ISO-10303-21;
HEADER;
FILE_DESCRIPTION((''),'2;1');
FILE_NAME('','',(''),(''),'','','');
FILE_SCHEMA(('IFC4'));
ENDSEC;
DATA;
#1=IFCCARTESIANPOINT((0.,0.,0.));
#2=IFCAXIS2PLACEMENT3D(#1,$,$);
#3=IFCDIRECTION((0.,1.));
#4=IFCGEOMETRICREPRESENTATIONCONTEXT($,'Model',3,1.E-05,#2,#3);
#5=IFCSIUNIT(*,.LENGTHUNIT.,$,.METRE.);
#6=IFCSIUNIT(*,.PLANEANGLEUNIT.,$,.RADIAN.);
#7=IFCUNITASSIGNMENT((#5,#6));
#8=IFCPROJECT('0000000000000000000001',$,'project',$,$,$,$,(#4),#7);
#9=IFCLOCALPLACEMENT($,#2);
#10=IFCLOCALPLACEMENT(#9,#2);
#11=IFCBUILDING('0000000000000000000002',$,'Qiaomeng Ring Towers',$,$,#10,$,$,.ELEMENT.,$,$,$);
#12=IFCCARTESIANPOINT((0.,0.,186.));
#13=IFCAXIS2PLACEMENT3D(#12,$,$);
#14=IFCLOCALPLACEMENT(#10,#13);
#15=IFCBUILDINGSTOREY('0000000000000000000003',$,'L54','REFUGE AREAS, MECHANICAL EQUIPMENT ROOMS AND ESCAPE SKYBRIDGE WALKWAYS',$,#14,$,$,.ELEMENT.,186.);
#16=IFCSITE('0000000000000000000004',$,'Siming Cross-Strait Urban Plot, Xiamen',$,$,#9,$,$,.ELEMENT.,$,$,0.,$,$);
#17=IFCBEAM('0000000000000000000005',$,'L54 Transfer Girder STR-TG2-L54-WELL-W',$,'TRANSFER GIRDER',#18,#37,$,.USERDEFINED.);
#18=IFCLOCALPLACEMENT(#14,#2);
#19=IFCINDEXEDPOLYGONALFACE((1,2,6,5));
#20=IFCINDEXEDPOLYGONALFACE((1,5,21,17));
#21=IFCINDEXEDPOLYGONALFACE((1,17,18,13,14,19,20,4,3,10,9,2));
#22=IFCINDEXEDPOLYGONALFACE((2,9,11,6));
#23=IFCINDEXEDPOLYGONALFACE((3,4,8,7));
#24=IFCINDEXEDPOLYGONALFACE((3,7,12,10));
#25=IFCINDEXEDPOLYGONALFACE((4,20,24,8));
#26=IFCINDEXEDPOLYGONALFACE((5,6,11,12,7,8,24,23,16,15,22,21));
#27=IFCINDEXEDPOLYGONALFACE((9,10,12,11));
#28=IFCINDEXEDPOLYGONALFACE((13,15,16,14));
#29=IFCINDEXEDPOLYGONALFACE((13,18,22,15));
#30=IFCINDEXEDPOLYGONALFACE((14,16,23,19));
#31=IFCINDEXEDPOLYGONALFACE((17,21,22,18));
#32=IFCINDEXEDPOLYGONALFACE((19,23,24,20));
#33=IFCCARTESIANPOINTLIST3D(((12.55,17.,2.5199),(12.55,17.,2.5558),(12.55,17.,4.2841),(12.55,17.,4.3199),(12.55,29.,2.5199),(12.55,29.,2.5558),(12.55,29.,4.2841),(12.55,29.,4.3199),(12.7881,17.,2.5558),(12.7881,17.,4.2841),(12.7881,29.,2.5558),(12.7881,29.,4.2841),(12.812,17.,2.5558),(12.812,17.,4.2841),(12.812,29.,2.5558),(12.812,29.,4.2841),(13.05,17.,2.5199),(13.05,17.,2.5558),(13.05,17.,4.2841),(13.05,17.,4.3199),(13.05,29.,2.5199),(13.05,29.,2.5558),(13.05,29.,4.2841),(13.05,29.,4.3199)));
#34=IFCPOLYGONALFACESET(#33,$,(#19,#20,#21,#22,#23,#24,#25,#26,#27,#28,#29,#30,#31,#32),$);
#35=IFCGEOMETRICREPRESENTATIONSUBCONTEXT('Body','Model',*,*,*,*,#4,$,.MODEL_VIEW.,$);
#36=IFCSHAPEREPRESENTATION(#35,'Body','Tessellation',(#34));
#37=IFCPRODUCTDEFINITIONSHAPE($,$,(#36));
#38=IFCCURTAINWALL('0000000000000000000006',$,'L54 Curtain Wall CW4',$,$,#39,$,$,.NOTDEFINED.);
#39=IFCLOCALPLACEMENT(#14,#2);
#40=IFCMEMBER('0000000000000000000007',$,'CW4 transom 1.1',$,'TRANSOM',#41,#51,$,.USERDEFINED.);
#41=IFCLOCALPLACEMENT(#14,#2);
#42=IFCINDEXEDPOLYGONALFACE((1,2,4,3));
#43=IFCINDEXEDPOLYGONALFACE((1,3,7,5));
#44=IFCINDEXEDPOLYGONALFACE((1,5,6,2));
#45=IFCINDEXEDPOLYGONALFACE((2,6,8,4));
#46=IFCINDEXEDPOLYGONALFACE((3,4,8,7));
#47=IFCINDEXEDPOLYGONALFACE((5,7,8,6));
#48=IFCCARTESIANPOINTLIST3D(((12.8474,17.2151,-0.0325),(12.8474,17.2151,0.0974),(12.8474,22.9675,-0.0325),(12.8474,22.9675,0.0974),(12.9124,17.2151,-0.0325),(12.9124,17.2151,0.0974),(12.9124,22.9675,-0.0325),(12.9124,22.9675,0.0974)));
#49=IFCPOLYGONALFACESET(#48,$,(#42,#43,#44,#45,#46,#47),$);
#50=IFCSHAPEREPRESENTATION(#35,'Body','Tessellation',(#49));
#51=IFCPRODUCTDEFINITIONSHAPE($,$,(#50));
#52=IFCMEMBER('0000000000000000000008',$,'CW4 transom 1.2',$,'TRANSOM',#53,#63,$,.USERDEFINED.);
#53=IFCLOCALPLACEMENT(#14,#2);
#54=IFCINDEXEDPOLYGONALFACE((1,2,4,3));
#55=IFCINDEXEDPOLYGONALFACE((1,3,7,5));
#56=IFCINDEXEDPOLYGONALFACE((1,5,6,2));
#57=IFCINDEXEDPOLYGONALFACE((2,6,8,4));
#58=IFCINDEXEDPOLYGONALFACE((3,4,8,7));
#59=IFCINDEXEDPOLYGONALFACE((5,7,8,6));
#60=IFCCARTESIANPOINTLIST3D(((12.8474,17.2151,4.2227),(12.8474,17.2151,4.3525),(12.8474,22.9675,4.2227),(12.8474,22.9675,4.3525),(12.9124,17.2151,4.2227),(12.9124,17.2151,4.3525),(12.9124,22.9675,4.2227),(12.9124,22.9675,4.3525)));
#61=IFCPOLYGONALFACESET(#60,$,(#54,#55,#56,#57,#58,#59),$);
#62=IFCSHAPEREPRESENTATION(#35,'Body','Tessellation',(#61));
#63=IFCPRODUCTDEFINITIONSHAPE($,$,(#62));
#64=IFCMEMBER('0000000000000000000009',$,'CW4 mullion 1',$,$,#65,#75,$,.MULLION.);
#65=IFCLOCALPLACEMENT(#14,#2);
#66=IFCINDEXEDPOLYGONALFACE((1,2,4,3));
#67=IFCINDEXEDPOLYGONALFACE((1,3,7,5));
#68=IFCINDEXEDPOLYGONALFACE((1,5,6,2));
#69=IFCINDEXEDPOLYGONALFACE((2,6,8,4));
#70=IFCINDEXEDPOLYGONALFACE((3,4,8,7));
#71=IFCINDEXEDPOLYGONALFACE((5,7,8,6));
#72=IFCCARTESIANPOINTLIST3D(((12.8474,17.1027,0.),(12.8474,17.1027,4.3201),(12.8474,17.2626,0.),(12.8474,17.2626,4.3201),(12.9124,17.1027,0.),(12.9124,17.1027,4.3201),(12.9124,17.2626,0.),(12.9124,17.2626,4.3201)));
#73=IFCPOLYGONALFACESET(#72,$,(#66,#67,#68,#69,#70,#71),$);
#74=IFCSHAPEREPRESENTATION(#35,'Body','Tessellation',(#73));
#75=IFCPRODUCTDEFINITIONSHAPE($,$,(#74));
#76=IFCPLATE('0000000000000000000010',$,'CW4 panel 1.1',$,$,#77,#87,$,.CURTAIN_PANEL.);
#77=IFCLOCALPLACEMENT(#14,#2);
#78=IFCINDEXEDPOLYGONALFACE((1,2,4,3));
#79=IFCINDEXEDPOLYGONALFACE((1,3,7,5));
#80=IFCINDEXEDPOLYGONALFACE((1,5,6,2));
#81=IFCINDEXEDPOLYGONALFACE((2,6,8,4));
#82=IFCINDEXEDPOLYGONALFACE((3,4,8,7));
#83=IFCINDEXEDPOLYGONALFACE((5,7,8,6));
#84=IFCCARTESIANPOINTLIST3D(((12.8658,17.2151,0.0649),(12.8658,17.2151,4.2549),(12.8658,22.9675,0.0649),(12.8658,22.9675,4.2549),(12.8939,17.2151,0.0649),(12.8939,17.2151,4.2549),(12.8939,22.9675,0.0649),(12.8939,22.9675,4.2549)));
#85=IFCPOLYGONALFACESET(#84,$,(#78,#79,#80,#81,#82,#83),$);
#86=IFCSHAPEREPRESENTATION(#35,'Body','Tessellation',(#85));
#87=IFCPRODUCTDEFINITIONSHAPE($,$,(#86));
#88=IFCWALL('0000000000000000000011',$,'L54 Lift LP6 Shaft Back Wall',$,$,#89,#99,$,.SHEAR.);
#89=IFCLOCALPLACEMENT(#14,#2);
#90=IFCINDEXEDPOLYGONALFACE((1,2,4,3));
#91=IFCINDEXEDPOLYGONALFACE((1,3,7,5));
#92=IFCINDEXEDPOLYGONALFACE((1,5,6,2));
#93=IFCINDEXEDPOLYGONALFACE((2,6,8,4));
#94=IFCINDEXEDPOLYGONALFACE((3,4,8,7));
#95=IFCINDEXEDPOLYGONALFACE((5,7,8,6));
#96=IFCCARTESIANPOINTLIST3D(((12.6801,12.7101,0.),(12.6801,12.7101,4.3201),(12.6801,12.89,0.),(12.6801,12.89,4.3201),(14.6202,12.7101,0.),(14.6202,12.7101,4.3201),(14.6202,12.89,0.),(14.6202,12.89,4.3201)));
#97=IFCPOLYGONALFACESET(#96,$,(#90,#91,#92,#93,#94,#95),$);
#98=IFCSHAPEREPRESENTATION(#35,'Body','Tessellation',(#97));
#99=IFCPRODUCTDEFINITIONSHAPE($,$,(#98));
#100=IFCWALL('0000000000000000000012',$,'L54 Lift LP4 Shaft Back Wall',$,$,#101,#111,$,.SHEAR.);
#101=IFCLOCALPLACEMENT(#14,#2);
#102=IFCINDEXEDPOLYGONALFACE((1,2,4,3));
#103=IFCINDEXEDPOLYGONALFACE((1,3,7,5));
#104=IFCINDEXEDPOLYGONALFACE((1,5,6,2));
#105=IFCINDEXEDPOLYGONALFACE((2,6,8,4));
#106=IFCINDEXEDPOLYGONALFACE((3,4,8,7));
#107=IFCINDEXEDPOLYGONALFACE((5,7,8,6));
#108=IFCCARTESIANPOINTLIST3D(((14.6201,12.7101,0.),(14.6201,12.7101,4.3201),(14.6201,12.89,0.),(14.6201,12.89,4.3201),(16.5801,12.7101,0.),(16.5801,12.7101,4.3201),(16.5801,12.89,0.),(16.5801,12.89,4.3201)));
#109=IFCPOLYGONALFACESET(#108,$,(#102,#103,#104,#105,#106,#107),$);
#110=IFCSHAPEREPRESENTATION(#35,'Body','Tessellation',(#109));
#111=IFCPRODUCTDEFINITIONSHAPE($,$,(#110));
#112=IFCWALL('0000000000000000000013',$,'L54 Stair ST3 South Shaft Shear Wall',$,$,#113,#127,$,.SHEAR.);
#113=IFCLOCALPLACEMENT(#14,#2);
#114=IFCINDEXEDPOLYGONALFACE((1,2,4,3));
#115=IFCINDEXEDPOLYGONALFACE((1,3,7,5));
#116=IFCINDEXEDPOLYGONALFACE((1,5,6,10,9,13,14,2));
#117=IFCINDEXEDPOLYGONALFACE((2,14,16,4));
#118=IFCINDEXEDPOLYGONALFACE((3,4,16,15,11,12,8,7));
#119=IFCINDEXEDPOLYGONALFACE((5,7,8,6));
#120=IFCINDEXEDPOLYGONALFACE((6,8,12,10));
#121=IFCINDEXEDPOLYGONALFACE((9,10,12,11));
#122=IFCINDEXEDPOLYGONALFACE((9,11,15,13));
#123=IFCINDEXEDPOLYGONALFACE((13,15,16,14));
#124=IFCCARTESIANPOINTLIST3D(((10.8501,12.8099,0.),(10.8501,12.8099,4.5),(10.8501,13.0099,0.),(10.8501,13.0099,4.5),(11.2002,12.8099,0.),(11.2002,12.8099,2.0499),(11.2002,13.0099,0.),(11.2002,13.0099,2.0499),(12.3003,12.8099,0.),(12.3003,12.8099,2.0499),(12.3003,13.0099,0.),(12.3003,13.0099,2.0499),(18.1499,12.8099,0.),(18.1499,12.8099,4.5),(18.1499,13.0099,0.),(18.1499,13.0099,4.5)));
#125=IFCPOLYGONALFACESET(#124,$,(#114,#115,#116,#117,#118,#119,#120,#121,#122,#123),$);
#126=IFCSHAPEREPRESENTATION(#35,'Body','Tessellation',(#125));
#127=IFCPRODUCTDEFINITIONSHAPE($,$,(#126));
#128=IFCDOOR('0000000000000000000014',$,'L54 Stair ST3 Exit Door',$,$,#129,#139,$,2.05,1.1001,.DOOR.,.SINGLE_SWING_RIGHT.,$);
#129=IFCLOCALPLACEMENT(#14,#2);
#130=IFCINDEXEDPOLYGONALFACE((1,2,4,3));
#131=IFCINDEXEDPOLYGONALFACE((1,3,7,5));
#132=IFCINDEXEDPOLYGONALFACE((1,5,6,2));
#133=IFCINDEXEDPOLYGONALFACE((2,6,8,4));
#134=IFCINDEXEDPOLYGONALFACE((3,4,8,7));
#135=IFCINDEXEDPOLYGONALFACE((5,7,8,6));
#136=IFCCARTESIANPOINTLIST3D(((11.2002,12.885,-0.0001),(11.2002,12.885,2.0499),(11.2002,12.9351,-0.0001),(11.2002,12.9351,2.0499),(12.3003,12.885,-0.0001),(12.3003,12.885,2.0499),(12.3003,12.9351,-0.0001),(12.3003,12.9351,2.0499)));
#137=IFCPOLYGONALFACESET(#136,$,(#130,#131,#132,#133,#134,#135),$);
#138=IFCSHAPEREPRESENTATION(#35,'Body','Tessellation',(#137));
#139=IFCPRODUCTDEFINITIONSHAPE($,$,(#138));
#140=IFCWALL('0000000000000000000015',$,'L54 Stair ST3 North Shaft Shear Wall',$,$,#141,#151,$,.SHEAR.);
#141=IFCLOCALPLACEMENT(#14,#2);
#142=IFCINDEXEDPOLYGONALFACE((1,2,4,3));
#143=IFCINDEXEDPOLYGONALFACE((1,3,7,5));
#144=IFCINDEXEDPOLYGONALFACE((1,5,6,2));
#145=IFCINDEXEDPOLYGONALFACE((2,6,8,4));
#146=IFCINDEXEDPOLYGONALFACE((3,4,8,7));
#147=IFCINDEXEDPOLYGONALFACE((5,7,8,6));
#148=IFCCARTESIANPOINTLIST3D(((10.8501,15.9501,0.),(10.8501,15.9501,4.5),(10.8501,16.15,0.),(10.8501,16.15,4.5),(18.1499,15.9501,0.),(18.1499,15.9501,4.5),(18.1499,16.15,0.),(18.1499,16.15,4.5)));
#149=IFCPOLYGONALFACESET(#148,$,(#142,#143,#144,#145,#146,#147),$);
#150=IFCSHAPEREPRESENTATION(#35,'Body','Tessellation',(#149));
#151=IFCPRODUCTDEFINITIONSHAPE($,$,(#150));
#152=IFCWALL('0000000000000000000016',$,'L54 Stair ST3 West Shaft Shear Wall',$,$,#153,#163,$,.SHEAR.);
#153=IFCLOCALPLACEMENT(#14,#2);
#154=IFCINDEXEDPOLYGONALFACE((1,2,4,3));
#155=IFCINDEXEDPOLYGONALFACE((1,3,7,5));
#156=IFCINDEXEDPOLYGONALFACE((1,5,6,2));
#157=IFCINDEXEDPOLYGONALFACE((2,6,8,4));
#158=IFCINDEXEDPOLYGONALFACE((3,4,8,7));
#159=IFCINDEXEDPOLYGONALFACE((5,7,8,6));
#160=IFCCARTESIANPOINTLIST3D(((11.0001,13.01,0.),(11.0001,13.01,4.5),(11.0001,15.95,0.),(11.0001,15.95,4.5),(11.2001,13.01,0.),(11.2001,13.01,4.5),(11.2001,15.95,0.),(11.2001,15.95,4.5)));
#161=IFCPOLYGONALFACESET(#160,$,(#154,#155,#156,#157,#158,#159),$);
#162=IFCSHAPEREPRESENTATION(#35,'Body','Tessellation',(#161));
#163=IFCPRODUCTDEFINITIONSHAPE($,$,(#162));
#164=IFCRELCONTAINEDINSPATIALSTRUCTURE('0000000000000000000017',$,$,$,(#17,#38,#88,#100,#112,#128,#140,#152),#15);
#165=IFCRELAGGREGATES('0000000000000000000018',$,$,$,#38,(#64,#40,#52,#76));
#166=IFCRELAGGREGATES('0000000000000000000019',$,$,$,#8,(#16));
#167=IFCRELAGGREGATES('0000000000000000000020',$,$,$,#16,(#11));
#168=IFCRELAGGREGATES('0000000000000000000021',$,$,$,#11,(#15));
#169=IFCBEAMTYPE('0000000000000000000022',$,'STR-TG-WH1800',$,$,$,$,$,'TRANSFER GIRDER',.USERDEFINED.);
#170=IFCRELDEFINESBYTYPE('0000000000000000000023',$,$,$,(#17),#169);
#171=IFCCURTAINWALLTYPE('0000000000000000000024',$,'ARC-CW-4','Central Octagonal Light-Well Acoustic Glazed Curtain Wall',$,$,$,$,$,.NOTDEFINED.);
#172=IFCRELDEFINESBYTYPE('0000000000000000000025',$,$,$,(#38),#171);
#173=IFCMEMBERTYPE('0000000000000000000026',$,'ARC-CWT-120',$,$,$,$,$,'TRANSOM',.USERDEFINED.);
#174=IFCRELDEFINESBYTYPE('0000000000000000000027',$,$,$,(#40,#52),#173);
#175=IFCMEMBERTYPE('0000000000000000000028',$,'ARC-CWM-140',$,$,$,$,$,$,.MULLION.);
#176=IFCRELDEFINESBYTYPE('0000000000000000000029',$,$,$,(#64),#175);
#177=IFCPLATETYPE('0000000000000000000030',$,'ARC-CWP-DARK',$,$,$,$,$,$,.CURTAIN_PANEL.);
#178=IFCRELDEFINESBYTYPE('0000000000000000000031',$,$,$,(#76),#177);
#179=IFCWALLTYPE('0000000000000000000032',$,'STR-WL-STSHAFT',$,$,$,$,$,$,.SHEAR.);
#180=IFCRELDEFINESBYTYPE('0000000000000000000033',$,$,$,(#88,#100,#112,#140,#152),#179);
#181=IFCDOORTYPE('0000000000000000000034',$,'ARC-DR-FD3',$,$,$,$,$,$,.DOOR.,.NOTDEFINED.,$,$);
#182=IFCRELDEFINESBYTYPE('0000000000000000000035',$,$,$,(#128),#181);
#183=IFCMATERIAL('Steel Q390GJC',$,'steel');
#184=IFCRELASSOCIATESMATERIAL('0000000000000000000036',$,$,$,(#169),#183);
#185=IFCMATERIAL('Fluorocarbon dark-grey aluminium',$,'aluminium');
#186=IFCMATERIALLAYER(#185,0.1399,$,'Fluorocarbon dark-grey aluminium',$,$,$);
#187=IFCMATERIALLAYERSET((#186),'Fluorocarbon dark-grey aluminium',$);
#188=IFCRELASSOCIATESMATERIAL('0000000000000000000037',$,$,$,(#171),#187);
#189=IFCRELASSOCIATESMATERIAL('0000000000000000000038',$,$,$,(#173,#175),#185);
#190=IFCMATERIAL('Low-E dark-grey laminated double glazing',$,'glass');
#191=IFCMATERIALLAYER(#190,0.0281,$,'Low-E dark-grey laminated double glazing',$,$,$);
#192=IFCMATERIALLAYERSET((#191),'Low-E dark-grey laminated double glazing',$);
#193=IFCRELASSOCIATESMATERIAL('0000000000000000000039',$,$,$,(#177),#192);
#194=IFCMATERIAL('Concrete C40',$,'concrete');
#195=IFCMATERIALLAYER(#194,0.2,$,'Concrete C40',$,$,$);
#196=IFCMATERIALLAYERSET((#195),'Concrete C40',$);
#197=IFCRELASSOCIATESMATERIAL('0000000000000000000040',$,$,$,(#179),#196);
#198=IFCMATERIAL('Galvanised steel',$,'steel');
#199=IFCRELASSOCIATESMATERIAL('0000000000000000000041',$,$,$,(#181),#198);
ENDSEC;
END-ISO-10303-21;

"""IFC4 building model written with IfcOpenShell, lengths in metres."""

from ifc_helpers import new_model, si_unit, direction, frame, frame_2d, origin, origin_2d, place, context, subcontext, project, spatial, rectangle, i_section, extrude, source, transform, mapped, material, layer, layer_set, material_profile, profile_set, type_object, element, fill, aggregate, save


model = new_model("IFC4")

# Units and contexts
model_context = context("Model", 3, precision=1e-05, world=origin(), true_north=direction((0.0, 1.0)))
body_context = subcontext(model_context, "Body", "Model", "MODEL_VIEW")
ifc_project = project(units=[si_unit("LENGTHUNIT", "METRE"), si_unit("PLANEANGLEUNIT", "RADIAN")], contexts=[model_context])

# Site, building, storey
site_placement = place(None, origin())
site = spatial("IfcSite", under=ifc_project, at=site_placement, Name="Siming Cross-Strait Urban Plot, Xiamen", CompositionType="ELEMENT", RefElevation=0.0)
building_placement = place(site_placement, origin())
building = spatial("IfcBuilding", under=site, at=building_placement, Name="Qiaomeng Ring Towers", CompositionType="ELEMENT")
storey_placement = place(building_placement, frame((0.0, 0.0, 186.0)))
storey = spatial("IfcBuildingStorey", under=building, at=storey_placement, Name="L54", Description="REFUGE AREAS, MECHANICAL EQUIPMENT ROOMS AND ESCAPE SKYBRIDGE WALKWAYS", CompositionType="ELEMENT", Elevation=186.0)

# Beam
ifc_material_1 = material(Name="Steel Q390GJC", Category="steel")
ifc_material_profile_1 = material_profile(ifc_material_1, i_section(OverallWidth=0.5, OverallDepth=1.8, WebThickness=0.0239, FlangeThickness=0.0359, at=origin_2d()), Name="WH 1800x500x24x36")
ifc_profile_set_1 = profile_set([ifc_material_profile_1], Name="Steel Q390GJC")
beam_type = type_object("IfcBeamType", Name="STR-TG-WH1800", ElementType="TRANSFER GIRDER", PredefinedType="USERDEFINED", material=ifc_profile_set_1)
shared_shape_1 = source(origin(), body_context, "Body", "SweptSolid", [
    extrude(i_section(OverallWidth=0.5, OverallDepth=1.8, WebThickness=0.0239, FlangeThickness=0.0359, at=origin_2d()), origin(), (0.0, 0.0, 1.0), 12.0),
])
beam_placement = place(storey_placement, frame((12.8, 17.0, 3.4199), z_axis=(0.0, 1.0, 0.0), x_axis=(-1.0, 0.0, 0.0)))
element("IfcBeam", 1, at=beam_placement, inside=storey, type_object=beam_type, Name="L54 Transfer Girder STR-TG2-L54-WELL-W", ObjectType="TRANSFER GIRDER", PredefinedType="USERDEFINED", context=body_context, shape_type="MappedRepresentation", body=[
    mapped(shared_shape_1, transform((0.0, 0.0, 0.0), x_axis=(1.0, 0.0, 0.0), y_axis=(0.0, 1.0, 0.0), z_axis=(0.0, 0.0, 1.0), scale=1.0)),
])

# Curtain wall, members, plate
ifc_material_2 = material(Name="Fluorocarbon dark-grey aluminium", Category="aluminium")
ifc_layer_1 = layer(ifc_material_2, 0.1399, Name="Fluorocarbon dark-grey aluminium")
ifc_layer_set_1 = layer_set([ifc_layer_1], Name="Fluorocarbon dark-grey aluminium")
curtain_wall_type = type_object("IfcCurtainWallType", Name="ARC-CW-4", Description="Central Octagonal Light-Well Acoustic Glazed Curtain Wall", PredefinedType="NOTDEFINED", material=ifc_layer_set_1)
curtain_wall_placement = place(storey_placement, origin())
curtain_wall = element("IfcCurtainWall", 2, at=curtain_wall_placement, inside=storey, type_object=curtain_wall_type, Name="L54 Curtain Wall CW4", PredefinedType="NOTDEFINED")
ifc_material_profile_2 = material_profile(ifc_material_2, rectangle(XDim=0.0649, YDim=0.1299, at=origin_2d()), Name="ALU TRAN 65x130")
ifc_profile_set_2 = profile_set([ifc_material_profile_2], Name="Fluorocarbon dark-grey aluminium")
member_type_1 = type_object("IfcMemberType", Name="ARC-CWT-120", ElementType="TRANSOM", PredefinedType="USERDEFINED", material=ifc_profile_set_2)
shared_shape_2 = source(origin(), body_context, "Body", "SweptSolid", [
    extrude(rectangle(XDim=0.0649, YDim=0.1299, at=origin_2d()), origin(), (0.0, 0.0, 1.0), 5.7524),
])
member_1_placement = place(storey_placement, frame((12.8799, 17.2151, 0.0325), z_axis=(0.0, 1.0, 0.0), x_axis=(-1.0, 0.0, 0.0)))
member_1 = element("IfcMember", 3, at=member_1_placement, type_object=member_type_1, Name="CW4 transom 1.1", ObjectType="TRANSOM", PredefinedType="USERDEFINED", context=body_context, shape_type="MappedRepresentation", body=[
    mapped(shared_shape_2, transform((0.0, 0.0, 0.0), x_axis=(1.0, 0.0, 0.0), y_axis=(0.0, 1.0, 0.0), z_axis=(0.0, 0.0, 1.0), scale=1.0)),
])
member_2_placement = place(storey_placement, frame((12.8799, 17.2151, 4.2876), z_axis=(0.0, 1.0, 0.0), x_axis=(-1.0, 0.0, 0.0)))
member_2 = element("IfcMember", 4, at=member_2_placement, type_object=member_type_1, Name="CW4 transom 1.2", ObjectType="TRANSOM", PredefinedType="USERDEFINED", context=body_context, shape_type="MappedRepresentation", body=[
    mapped(shared_shape_2, transform((0.0, 0.0, 0.0), x_axis=(1.0, 0.0, 0.0), y_axis=(0.0, 1.0, 0.0), z_axis=(0.0, 0.0, 1.0), scale=1.0)),
])
ifc_material_profile_3 = material_profile(ifc_material_2, rectangle(XDim=0.0649, YDim=0.1599, at=origin_2d()), Name="ALU MULL 65x160")
ifc_profile_set_3 = profile_set([ifc_material_profile_3], Name="Fluorocarbon dark-grey aluminium")
member_type_2 = type_object("IfcMemberType", Name="ARC-CWM-140", PredefinedType="MULLION", material=ifc_profile_set_3)
shared_shape_3 = source(origin(), body_context, "Body", "SweptSolid", [
    extrude(rectangle(XDim=0.0649, YDim=0.1599, at=origin_2d()), origin(), (0.0, 0.0, 1.0), 4.3201),
])
member_3_placement = place(storey_placement, frame((12.8799, 17.1826, 0.0), z_axis=(0.0, 0.0, 1.0), x_axis=(-1.0, 0.0, 0.0)))
member_3 = element("IfcMember", 5, at=member_3_placement, type_object=member_type_2, Name="CW4 mullion 1", PredefinedType="MULLION", context=body_context, shape_type="MappedRepresentation", body=[
    mapped(shared_shape_3, transform((0.0, 0.0, 0.0), x_axis=(1.0, 0.0, 0.0), y_axis=(0.0, 1.0, 0.0), z_axis=(0.0, 0.0, 1.0), scale=1.0)),
])
ifc_material_3 = material(Name="Low-E dark-grey laminated double glazing", Category="glass")
ifc_layer_2 = layer(ifc_material_3, 0.0281, Name="Low-E dark-grey laminated double glazing")
ifc_layer_set_2 = layer_set([ifc_layer_2], Name="Low-E dark-grey laminated double glazing")
plate_type = type_object("IfcPlateType", Name="ARC-CWP-DARK", PredefinedType="CURTAIN_PANEL", material=ifc_layer_set_2)
shared_shape_4 = source(origin(), body_context, "Body", "SweptSolid", [
    extrude(rectangle(XDim=5.7524, YDim=0.0281, at=origin_2d()), origin(), (0.0, 0.0, 1.0), 4.1899),
])
plate_placement = place(storey_placement, frame((12.8799, 20.0913, 0.0649), z_axis=(0.0, 0.0, 1.0), x_axis=(0.0, 1.0, 0.0)))
plate = element("IfcPlate", 6, at=plate_placement, type_object=plate_type, Name="CW4 panel 1.1", PredefinedType="CURTAIN_PANEL", context=body_context, shape_type="MappedRepresentation", body=[
    mapped(shared_shape_4, transform((0.0, 0.0, 0.0), x_axis=(1.0, 0.0, 0.0), y_axis=(0.0, 1.0, 0.0), z_axis=(0.0, 0.0, 1.0), scale=1.0)),
])
aggregate(curtain_wall, [member_3, member_1, member_2, plate])

# Walls
ifc_material_4 = material(Name="Concrete C40", Category="concrete")
ifc_layer_3 = layer(ifc_material_4, 0.2, Name="Concrete C40")
ifc_layer_set_3 = layer_set([ifc_layer_3], Name="Concrete C40")
wall_type = type_object("IfcWallType", Name="STR-WL-STSHAFT", PredefinedType="SHEAR", material=ifc_layer_set_3)
wall_1_placement = place(storey_placement, frame((12.6799, 12.8, 0.0), z_axis=(0.0, 0.0, 1.0), x_axis=(1.0, 0.0, 0.0)))
element("IfcWall", 7, at=wall_1_placement, inside=storey, type_object=wall_type, Name="L54 Lift LP6 Shaft Back Wall", PredefinedType="SHEAR", context=body_context, shape_type="SweptSolid", body=[
    extrude(rectangle(XDim=1.9402, YDim=0.1799, at=frame_2d((0.9702, 0.0))), origin(), (0.0, 0.0, 1.0), 4.3201),
])
wall_2_placement = place(storey_placement, frame((14.6201, 12.8, 0.0), z_axis=(0.0, 0.0, 1.0), x_axis=(1.0, 0.0, 0.0)))
element("IfcWall", 8, at=wall_2_placement, inside=storey, type_object=wall_type, Name="L54 Lift LP4 Shaft Back Wall", PredefinedType="SHEAR", context=body_context, shape_type="SweptSolid", body=[
    extrude(rectangle(XDim=1.96, YDim=0.1799, at=frame_2d((0.98, 0.0))), origin(), (0.0, 0.0, 1.0), 4.3201),
])

# Wall, opening, door
wall_3_placement = place(storey_placement, frame((10.8501, 12.9099, 0.0), z_axis=(0.0, 0.0, 1.0), x_axis=(1.0, 0.0, 0.0)))
wall_3 = element("IfcWall", 9, at=wall_3_placement, inside=storey, type_object=wall_type, Name="L54 Stair ST3 South Shaft Shear Wall", PredefinedType="SHEAR", context=body_context, shape_type="SweptSolid", body=[
    extrude(rectangle(XDim=7.2998, YDim=0.2, at=frame_2d((3.6499, 0.0))), origin(), (0.0, 0.0, 1.0), 4.5),
])
opening_placement = place(wall_3_placement, frame((0.3501, 0.0, 0.0)))
opening = element("IfcOpeningElement", 10, at=opening_placement, cuts=wall_3, PredefinedType="OPENING", context=body_context, shape_type="SweptSolid", body=[
    extrude(rectangle(XDim=1.1001, YDim=2.05, at=frame_2d((0.55, 1.0249))), frame((0.0, 0.1099, 0.0), z_axis=(0.0, -1.0, 0.0), x_axis=(1.0, 0.0, 0.0)), (0.0, 0.0, 1.0), 0.22),
])
ifc_material_5 = material(Name="Galvanised steel", Category="steel")
door_type = type_object("IfcDoorType", Name="ARC-DR-FD3", OperationType="NOTDEFINED", PredefinedType="DOOR", material=ifc_material_5)
shared_shape_5 = source(origin(), body_context, "Body", "SweptSolid", [
    extrude(rectangle(XDim=1.1001, YDim=2.05, at=frame_2d((0.55, 1.0249))), frame((0.0, 0.0249, 0.0), z_axis=(0.0, -1.0, 0.0), x_axis=(1.0, 0.0, 0.0)), (0.0, 0.0, 1.0), 0.05),
])
door_placement = place(opening_placement, frame((1.1001, 0.0, 0.0), z_axis=(0.0, 0.0, 1.0), x_axis=(-1.0, 0.0, 0.0)))
door = element("IfcDoor", 11, at=door_placement, inside=storey, type_object=door_type, Name="L54 Stair ST3 Exit Door", OperationType="SINGLE_SWING_RIGHT", OverallHeight=2.05, OverallWidth=1.1001, PredefinedType="DOOR", context=body_context, shape_type="MappedRepresentation", body=[
    mapped(shared_shape_5, transform((0.0, 0.0, 0.0), x_axis=(1.0, 0.0, 0.0), y_axis=(0.0, 1.0, 0.0), z_axis=(0.0, 0.0, 1.0), scale=1.0)),
])
fill(opening, door)

# Walls
wall_4_placement = place(storey_placement, frame((10.8501, 16.05, 0.0), z_axis=(0.0, 0.0, 1.0), x_axis=(1.0, 0.0, 0.0)))
element("IfcWall", 12, at=wall_4_placement, inside=storey, type_object=wall_type, Name="L54 Stair ST3 North Shaft Shear Wall", PredefinedType="SHEAR", context=body_context, shape_type="SweptSolid", body=[
    extrude(rectangle(XDim=7.2998, YDim=0.2, at=frame_2d((3.6499, 0.0))), origin(), (0.0, 0.0, 1.0), 4.5),
])
wall_5_placement = place(storey_placement, frame((11.1001, 13.01, 0.0), z_axis=(0.0, 0.0, 1.0), x_axis=(0.0, 1.0, 0.0)))
element("IfcWall", 13, at=wall_5_placement, inside=storey, type_object=wall_type, Name="L54 Stair ST3 West Shaft Shear Wall", PredefinedType="SHEAR", context=body_context, shape_type="SweptSolid", body=[
    extrude(rectangle(XDim=2.9399, YDim=0.2, at=frame_2d((1.47, 0.0))), origin(), (0.0, 0.0, 1.0), 4.5),
])

save(model, "model.ifc")
